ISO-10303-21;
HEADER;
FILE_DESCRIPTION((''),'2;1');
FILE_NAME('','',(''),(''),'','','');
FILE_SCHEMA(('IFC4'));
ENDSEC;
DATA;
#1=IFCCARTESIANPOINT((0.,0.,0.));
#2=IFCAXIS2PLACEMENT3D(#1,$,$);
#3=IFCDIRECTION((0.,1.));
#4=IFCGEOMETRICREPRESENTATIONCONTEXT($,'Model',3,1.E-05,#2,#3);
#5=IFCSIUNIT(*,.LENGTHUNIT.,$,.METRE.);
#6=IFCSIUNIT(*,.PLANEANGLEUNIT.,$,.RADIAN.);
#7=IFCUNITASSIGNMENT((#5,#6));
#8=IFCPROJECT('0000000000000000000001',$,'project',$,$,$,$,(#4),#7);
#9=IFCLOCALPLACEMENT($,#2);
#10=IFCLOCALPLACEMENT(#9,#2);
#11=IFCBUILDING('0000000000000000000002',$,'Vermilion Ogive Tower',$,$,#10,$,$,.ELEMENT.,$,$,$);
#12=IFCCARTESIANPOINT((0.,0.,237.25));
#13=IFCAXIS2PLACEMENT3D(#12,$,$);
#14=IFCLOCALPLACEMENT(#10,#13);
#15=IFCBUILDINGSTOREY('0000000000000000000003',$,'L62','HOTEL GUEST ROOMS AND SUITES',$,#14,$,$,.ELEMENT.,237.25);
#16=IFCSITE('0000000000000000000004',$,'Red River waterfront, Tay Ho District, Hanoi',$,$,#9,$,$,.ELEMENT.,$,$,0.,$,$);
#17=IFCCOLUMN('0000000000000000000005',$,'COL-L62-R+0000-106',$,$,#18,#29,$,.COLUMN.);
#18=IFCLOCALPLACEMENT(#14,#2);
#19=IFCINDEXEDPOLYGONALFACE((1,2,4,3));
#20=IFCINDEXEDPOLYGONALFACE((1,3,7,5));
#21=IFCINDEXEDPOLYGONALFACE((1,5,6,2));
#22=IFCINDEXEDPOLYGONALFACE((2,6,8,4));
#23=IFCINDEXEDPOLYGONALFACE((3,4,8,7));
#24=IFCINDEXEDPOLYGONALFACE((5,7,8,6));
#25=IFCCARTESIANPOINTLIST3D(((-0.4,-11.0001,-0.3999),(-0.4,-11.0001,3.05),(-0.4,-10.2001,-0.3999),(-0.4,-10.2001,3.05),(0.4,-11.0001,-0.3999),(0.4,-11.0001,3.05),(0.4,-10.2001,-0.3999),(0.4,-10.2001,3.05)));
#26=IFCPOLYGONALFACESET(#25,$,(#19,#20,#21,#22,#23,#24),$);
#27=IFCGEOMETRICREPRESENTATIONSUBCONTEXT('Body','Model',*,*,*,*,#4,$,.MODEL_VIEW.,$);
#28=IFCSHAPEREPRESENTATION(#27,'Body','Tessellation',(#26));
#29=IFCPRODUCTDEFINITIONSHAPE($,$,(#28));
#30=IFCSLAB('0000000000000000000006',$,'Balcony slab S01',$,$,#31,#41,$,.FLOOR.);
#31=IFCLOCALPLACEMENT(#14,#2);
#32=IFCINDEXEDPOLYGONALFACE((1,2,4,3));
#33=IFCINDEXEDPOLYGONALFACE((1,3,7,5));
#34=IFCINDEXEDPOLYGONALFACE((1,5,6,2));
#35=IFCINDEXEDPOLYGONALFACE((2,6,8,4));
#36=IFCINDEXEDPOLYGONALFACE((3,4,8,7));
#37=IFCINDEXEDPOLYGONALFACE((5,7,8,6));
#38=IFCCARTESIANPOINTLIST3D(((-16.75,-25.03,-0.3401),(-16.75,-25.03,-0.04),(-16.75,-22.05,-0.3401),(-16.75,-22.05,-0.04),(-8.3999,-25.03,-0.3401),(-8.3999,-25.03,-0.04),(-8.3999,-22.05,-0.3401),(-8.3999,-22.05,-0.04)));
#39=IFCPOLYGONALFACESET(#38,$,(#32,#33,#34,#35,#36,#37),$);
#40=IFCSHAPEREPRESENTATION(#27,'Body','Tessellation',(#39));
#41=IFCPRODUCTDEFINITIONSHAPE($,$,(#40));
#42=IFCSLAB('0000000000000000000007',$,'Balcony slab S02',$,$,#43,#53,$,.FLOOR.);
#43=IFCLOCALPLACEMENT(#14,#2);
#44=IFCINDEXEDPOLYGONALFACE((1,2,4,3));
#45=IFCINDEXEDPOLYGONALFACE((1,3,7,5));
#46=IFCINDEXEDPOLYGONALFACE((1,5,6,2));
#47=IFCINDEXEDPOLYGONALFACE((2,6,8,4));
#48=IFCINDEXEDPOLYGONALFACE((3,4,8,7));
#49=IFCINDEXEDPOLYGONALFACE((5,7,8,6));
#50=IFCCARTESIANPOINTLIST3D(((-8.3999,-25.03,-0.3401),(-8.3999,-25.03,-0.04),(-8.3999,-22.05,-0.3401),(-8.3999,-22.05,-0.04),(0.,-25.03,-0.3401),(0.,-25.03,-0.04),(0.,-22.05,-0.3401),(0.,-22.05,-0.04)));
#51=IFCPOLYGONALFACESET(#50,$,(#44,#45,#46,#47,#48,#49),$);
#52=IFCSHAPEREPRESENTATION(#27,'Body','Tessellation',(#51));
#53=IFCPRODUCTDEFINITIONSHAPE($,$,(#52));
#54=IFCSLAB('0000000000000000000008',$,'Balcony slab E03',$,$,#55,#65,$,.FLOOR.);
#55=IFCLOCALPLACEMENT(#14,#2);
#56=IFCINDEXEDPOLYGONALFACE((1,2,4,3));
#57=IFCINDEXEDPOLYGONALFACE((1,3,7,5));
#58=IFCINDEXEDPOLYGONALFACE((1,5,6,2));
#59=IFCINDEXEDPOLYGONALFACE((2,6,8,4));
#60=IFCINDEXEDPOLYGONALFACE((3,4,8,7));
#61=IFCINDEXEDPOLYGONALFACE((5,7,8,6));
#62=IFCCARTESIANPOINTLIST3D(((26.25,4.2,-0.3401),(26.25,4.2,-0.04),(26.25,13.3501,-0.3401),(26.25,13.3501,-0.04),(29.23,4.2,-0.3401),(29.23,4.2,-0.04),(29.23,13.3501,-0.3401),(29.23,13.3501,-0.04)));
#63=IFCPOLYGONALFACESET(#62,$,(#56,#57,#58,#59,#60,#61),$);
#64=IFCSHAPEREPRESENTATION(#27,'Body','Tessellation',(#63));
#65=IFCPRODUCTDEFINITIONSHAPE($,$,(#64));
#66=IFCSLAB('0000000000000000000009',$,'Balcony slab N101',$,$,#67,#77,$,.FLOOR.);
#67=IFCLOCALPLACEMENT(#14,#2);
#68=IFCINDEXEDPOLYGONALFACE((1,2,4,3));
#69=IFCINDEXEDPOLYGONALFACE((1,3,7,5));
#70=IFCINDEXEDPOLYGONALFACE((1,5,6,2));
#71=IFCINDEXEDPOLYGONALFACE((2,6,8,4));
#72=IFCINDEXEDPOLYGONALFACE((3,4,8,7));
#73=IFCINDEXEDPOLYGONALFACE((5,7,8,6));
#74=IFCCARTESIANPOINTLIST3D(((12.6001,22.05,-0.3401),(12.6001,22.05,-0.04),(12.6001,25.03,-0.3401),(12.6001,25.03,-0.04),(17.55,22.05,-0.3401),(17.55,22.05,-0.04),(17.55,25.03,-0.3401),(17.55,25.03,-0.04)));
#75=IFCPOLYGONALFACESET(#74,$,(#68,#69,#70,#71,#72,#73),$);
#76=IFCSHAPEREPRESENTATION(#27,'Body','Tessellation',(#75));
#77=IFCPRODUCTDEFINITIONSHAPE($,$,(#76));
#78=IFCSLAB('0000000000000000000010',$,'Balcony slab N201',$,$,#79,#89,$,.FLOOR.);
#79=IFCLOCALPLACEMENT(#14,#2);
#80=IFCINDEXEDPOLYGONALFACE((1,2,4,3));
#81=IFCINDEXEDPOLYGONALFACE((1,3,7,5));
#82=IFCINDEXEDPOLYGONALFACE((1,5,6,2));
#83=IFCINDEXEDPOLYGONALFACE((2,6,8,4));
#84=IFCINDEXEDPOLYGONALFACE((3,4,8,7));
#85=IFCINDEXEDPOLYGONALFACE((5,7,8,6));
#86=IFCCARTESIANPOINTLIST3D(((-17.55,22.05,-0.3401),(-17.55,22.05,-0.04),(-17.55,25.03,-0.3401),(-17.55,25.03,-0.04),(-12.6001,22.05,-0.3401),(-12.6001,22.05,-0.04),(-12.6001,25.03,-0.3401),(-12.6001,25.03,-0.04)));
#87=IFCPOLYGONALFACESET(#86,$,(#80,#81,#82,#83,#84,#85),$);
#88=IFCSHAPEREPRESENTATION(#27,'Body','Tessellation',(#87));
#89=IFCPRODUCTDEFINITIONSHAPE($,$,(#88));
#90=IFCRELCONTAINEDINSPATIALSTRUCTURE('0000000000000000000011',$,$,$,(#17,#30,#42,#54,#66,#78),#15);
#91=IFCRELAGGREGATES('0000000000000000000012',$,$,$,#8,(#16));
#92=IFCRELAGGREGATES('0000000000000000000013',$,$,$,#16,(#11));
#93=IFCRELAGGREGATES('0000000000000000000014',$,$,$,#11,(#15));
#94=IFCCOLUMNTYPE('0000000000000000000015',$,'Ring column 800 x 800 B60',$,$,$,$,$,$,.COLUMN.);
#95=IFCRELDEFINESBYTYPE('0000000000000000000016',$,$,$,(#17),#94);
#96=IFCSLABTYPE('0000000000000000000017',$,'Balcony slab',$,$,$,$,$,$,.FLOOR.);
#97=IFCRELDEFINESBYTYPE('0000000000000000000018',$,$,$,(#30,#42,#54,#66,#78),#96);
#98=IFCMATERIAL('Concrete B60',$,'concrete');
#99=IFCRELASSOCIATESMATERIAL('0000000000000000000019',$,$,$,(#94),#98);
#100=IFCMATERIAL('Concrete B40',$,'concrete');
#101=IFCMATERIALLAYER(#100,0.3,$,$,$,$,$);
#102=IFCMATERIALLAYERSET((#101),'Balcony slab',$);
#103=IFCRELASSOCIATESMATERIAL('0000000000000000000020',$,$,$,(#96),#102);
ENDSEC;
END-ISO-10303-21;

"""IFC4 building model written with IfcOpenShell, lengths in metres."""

from ifc_helpers import new_model, si_unit, direction, frame, origin, origin_2d, place, context, subcontext, project, spatial, polyline, rectangle, outline, extrude, material, layer, layer_set, material_profile, profile_set, type_object, element, save


model = new_model("IFC4")

# Units and contexts
model_context = context("Model", 3, precision=1e-05, world=origin(), true_north=direction((0.0, 1.0)))
body_context = subcontext(model_context, "Body", "Model", "MODEL_VIEW")
ifc_project = project(units=[si_unit("LENGTHUNIT", "METRE"), si_unit("PLANEANGLEUNIT", "RADIAN")], contexts=[model_context])

# Site, building, storey
site_placement = place(None, origin())
site = spatial("IfcSite", under=ifc_project, at=site_placement, Name="Red River waterfront, Tay Ho District, Hanoi", CompositionType="ELEMENT", RefElevation=0.0)
building_placement = place(site_placement, origin())
building = spatial("IfcBuilding", under=site, at=building_placement, Name="Vermilion Ogive Tower", CompositionType="ELEMENT")
storey_placement = place(building_placement, frame((0.0, 0.0, 237.25)))
storey = spatial("IfcBuildingStorey", under=building, at=storey_placement, Name="L62", Description="HOTEL GUEST ROOMS AND SUITES", CompositionType="ELEMENT", Elevation=237.25)

# Column
ifc_material_1 = material(Name="Concrete B60", Category="concrete")
ifc_material_profile = material_profile(ifc_material_1, rectangle(XDim=0.8, YDim=0.8, at=origin_2d()), Name="800 x 800")
ifc_profile_set = profile_set([ifc_material_profile], Name="Concrete B60")
column_type = type_object("IfcColumnType", Name="Ring column 800 x 800 B60", PredefinedType="COLUMN", material=ifc_profile_set)
column_placement = place(storey_placement, frame((0.0, -10.6001, -0.3999), z_axis=(0.0, 0.0, 1.0), x_axis=(1.0, 0.0, 0.0)))
element("IfcColumn", 1, at=column_placement, inside=storey, type_object=column_type, Name="COL-L62-R+0000-106", PredefinedType="COLUMN", context=body_context, shape_type="SweptSolid", body=[
    extrude(rectangle(XDim=0.8, YDim=0.8, at=origin_2d()), origin(), (0.0, 0.0, 1.0), 3.45),
])

# Slabs
ifc_material_2 = material(Name="Concrete B40", Category="concrete")
ifc_layer_1 = layer(ifc_material_2, 0.3)
ifc_layer_set_1 = layer_set([ifc_layer_1], Name="Balcony slab")
slab_type_1 = type_object("IfcSlabType", Name="Balcony slab", PredefinedType="FLOOR", material=ifc_layer_set_1)
slab_1_placement = place(storey_placement, frame((0.0, 0.0, -0.3401)))
element("IfcSlab", 2, at=slab_1_placement, inside=storey, type_object=slab_type_1, Name="Balcony slab S01", PredefinedType="FLOOR", context=body_context, shape_type="SweptSolid", body=[
    extrude(outline(polyline([(-16.75, -25.03), (-8.3999, -25.03), (-8.3999, -22.05), (-16.75, -22.05), (-16.75, -25.03)])), origin(), (0.0, 0.0, 1.0), 0.3),
])
slab_2_placement = place(storey_placement, frame((0.0, 0.0, -0.3401)))
element("IfcSlab", 3, at=slab_2_placement, inside=storey, type_object=slab_type_1, Name="Balcony slab S02", PredefinedType="FLOOR", context=body_context, shape_type="SweptSolid", body=[
    extrude(outline(polyline([(-8.3999, -25.03), (0.0, -25.03), (0.0, -22.05), (-8.3999, -22.05), (-8.3999, -25.03)])), origin(), (0.0, 0.0, 1.0), 0.3),
])
slab_3_placement = place(storey_placement, frame((0.0, 0.0, -0.3401)))
element("IfcSlab", 4, at=slab_3_placement, inside=storey, type_object=slab_type_1, Name="Balcony slab E03", PredefinedType="FLOOR", context=body_context, shape_type="SweptSolid", body=[
    extrude(outline(polyline([(29.23, 4.2), (29.23, 13.3501), (26.25, 13.3501), (26.25, 4.2), (29.23, 4.2)])), origin(), (0.0, 0.0, 1.0), 0.3),
])
slab_4_placement = place(storey_placement, frame((0.0, 0.0, -0.3401)))
element("IfcSlab", 5, at=slab_4_placement, inside=storey, type_object=slab_type_1, Name="Balcony slab N101", PredefinedType="FLOOR", context=body_context, shape_type="SweptSolid", body=[
    extrude(outline(polyline([(17.55, 25.03), (12.6001, 25.03), (12.6001, 22.05), (17.55, 22.05), (17.55, 25.03)])), origin(), (0.0, 0.0, 1.0), 0.3),
])
slab_5_placement = place(storey_placement, frame((0.0, 0.0, -0.3401)))
element("IfcSlab", 6, at=slab_5_placement, inside=storey, type_object=slab_type_1, Name="Balcony slab N201", PredefinedType="FLOOR", context=body_context, shape_type="SweptSolid", body=[
    extrude(outline(polyline([(-12.6001, 25.03), (-17.55, 25.03), (-17.55, 22.05), (-12.6001, 22.05), (-12.6001, 25.03)])), origin(), (0.0, 0.0, 1.0), 0.3),
])

save(model, "model.ifc")
